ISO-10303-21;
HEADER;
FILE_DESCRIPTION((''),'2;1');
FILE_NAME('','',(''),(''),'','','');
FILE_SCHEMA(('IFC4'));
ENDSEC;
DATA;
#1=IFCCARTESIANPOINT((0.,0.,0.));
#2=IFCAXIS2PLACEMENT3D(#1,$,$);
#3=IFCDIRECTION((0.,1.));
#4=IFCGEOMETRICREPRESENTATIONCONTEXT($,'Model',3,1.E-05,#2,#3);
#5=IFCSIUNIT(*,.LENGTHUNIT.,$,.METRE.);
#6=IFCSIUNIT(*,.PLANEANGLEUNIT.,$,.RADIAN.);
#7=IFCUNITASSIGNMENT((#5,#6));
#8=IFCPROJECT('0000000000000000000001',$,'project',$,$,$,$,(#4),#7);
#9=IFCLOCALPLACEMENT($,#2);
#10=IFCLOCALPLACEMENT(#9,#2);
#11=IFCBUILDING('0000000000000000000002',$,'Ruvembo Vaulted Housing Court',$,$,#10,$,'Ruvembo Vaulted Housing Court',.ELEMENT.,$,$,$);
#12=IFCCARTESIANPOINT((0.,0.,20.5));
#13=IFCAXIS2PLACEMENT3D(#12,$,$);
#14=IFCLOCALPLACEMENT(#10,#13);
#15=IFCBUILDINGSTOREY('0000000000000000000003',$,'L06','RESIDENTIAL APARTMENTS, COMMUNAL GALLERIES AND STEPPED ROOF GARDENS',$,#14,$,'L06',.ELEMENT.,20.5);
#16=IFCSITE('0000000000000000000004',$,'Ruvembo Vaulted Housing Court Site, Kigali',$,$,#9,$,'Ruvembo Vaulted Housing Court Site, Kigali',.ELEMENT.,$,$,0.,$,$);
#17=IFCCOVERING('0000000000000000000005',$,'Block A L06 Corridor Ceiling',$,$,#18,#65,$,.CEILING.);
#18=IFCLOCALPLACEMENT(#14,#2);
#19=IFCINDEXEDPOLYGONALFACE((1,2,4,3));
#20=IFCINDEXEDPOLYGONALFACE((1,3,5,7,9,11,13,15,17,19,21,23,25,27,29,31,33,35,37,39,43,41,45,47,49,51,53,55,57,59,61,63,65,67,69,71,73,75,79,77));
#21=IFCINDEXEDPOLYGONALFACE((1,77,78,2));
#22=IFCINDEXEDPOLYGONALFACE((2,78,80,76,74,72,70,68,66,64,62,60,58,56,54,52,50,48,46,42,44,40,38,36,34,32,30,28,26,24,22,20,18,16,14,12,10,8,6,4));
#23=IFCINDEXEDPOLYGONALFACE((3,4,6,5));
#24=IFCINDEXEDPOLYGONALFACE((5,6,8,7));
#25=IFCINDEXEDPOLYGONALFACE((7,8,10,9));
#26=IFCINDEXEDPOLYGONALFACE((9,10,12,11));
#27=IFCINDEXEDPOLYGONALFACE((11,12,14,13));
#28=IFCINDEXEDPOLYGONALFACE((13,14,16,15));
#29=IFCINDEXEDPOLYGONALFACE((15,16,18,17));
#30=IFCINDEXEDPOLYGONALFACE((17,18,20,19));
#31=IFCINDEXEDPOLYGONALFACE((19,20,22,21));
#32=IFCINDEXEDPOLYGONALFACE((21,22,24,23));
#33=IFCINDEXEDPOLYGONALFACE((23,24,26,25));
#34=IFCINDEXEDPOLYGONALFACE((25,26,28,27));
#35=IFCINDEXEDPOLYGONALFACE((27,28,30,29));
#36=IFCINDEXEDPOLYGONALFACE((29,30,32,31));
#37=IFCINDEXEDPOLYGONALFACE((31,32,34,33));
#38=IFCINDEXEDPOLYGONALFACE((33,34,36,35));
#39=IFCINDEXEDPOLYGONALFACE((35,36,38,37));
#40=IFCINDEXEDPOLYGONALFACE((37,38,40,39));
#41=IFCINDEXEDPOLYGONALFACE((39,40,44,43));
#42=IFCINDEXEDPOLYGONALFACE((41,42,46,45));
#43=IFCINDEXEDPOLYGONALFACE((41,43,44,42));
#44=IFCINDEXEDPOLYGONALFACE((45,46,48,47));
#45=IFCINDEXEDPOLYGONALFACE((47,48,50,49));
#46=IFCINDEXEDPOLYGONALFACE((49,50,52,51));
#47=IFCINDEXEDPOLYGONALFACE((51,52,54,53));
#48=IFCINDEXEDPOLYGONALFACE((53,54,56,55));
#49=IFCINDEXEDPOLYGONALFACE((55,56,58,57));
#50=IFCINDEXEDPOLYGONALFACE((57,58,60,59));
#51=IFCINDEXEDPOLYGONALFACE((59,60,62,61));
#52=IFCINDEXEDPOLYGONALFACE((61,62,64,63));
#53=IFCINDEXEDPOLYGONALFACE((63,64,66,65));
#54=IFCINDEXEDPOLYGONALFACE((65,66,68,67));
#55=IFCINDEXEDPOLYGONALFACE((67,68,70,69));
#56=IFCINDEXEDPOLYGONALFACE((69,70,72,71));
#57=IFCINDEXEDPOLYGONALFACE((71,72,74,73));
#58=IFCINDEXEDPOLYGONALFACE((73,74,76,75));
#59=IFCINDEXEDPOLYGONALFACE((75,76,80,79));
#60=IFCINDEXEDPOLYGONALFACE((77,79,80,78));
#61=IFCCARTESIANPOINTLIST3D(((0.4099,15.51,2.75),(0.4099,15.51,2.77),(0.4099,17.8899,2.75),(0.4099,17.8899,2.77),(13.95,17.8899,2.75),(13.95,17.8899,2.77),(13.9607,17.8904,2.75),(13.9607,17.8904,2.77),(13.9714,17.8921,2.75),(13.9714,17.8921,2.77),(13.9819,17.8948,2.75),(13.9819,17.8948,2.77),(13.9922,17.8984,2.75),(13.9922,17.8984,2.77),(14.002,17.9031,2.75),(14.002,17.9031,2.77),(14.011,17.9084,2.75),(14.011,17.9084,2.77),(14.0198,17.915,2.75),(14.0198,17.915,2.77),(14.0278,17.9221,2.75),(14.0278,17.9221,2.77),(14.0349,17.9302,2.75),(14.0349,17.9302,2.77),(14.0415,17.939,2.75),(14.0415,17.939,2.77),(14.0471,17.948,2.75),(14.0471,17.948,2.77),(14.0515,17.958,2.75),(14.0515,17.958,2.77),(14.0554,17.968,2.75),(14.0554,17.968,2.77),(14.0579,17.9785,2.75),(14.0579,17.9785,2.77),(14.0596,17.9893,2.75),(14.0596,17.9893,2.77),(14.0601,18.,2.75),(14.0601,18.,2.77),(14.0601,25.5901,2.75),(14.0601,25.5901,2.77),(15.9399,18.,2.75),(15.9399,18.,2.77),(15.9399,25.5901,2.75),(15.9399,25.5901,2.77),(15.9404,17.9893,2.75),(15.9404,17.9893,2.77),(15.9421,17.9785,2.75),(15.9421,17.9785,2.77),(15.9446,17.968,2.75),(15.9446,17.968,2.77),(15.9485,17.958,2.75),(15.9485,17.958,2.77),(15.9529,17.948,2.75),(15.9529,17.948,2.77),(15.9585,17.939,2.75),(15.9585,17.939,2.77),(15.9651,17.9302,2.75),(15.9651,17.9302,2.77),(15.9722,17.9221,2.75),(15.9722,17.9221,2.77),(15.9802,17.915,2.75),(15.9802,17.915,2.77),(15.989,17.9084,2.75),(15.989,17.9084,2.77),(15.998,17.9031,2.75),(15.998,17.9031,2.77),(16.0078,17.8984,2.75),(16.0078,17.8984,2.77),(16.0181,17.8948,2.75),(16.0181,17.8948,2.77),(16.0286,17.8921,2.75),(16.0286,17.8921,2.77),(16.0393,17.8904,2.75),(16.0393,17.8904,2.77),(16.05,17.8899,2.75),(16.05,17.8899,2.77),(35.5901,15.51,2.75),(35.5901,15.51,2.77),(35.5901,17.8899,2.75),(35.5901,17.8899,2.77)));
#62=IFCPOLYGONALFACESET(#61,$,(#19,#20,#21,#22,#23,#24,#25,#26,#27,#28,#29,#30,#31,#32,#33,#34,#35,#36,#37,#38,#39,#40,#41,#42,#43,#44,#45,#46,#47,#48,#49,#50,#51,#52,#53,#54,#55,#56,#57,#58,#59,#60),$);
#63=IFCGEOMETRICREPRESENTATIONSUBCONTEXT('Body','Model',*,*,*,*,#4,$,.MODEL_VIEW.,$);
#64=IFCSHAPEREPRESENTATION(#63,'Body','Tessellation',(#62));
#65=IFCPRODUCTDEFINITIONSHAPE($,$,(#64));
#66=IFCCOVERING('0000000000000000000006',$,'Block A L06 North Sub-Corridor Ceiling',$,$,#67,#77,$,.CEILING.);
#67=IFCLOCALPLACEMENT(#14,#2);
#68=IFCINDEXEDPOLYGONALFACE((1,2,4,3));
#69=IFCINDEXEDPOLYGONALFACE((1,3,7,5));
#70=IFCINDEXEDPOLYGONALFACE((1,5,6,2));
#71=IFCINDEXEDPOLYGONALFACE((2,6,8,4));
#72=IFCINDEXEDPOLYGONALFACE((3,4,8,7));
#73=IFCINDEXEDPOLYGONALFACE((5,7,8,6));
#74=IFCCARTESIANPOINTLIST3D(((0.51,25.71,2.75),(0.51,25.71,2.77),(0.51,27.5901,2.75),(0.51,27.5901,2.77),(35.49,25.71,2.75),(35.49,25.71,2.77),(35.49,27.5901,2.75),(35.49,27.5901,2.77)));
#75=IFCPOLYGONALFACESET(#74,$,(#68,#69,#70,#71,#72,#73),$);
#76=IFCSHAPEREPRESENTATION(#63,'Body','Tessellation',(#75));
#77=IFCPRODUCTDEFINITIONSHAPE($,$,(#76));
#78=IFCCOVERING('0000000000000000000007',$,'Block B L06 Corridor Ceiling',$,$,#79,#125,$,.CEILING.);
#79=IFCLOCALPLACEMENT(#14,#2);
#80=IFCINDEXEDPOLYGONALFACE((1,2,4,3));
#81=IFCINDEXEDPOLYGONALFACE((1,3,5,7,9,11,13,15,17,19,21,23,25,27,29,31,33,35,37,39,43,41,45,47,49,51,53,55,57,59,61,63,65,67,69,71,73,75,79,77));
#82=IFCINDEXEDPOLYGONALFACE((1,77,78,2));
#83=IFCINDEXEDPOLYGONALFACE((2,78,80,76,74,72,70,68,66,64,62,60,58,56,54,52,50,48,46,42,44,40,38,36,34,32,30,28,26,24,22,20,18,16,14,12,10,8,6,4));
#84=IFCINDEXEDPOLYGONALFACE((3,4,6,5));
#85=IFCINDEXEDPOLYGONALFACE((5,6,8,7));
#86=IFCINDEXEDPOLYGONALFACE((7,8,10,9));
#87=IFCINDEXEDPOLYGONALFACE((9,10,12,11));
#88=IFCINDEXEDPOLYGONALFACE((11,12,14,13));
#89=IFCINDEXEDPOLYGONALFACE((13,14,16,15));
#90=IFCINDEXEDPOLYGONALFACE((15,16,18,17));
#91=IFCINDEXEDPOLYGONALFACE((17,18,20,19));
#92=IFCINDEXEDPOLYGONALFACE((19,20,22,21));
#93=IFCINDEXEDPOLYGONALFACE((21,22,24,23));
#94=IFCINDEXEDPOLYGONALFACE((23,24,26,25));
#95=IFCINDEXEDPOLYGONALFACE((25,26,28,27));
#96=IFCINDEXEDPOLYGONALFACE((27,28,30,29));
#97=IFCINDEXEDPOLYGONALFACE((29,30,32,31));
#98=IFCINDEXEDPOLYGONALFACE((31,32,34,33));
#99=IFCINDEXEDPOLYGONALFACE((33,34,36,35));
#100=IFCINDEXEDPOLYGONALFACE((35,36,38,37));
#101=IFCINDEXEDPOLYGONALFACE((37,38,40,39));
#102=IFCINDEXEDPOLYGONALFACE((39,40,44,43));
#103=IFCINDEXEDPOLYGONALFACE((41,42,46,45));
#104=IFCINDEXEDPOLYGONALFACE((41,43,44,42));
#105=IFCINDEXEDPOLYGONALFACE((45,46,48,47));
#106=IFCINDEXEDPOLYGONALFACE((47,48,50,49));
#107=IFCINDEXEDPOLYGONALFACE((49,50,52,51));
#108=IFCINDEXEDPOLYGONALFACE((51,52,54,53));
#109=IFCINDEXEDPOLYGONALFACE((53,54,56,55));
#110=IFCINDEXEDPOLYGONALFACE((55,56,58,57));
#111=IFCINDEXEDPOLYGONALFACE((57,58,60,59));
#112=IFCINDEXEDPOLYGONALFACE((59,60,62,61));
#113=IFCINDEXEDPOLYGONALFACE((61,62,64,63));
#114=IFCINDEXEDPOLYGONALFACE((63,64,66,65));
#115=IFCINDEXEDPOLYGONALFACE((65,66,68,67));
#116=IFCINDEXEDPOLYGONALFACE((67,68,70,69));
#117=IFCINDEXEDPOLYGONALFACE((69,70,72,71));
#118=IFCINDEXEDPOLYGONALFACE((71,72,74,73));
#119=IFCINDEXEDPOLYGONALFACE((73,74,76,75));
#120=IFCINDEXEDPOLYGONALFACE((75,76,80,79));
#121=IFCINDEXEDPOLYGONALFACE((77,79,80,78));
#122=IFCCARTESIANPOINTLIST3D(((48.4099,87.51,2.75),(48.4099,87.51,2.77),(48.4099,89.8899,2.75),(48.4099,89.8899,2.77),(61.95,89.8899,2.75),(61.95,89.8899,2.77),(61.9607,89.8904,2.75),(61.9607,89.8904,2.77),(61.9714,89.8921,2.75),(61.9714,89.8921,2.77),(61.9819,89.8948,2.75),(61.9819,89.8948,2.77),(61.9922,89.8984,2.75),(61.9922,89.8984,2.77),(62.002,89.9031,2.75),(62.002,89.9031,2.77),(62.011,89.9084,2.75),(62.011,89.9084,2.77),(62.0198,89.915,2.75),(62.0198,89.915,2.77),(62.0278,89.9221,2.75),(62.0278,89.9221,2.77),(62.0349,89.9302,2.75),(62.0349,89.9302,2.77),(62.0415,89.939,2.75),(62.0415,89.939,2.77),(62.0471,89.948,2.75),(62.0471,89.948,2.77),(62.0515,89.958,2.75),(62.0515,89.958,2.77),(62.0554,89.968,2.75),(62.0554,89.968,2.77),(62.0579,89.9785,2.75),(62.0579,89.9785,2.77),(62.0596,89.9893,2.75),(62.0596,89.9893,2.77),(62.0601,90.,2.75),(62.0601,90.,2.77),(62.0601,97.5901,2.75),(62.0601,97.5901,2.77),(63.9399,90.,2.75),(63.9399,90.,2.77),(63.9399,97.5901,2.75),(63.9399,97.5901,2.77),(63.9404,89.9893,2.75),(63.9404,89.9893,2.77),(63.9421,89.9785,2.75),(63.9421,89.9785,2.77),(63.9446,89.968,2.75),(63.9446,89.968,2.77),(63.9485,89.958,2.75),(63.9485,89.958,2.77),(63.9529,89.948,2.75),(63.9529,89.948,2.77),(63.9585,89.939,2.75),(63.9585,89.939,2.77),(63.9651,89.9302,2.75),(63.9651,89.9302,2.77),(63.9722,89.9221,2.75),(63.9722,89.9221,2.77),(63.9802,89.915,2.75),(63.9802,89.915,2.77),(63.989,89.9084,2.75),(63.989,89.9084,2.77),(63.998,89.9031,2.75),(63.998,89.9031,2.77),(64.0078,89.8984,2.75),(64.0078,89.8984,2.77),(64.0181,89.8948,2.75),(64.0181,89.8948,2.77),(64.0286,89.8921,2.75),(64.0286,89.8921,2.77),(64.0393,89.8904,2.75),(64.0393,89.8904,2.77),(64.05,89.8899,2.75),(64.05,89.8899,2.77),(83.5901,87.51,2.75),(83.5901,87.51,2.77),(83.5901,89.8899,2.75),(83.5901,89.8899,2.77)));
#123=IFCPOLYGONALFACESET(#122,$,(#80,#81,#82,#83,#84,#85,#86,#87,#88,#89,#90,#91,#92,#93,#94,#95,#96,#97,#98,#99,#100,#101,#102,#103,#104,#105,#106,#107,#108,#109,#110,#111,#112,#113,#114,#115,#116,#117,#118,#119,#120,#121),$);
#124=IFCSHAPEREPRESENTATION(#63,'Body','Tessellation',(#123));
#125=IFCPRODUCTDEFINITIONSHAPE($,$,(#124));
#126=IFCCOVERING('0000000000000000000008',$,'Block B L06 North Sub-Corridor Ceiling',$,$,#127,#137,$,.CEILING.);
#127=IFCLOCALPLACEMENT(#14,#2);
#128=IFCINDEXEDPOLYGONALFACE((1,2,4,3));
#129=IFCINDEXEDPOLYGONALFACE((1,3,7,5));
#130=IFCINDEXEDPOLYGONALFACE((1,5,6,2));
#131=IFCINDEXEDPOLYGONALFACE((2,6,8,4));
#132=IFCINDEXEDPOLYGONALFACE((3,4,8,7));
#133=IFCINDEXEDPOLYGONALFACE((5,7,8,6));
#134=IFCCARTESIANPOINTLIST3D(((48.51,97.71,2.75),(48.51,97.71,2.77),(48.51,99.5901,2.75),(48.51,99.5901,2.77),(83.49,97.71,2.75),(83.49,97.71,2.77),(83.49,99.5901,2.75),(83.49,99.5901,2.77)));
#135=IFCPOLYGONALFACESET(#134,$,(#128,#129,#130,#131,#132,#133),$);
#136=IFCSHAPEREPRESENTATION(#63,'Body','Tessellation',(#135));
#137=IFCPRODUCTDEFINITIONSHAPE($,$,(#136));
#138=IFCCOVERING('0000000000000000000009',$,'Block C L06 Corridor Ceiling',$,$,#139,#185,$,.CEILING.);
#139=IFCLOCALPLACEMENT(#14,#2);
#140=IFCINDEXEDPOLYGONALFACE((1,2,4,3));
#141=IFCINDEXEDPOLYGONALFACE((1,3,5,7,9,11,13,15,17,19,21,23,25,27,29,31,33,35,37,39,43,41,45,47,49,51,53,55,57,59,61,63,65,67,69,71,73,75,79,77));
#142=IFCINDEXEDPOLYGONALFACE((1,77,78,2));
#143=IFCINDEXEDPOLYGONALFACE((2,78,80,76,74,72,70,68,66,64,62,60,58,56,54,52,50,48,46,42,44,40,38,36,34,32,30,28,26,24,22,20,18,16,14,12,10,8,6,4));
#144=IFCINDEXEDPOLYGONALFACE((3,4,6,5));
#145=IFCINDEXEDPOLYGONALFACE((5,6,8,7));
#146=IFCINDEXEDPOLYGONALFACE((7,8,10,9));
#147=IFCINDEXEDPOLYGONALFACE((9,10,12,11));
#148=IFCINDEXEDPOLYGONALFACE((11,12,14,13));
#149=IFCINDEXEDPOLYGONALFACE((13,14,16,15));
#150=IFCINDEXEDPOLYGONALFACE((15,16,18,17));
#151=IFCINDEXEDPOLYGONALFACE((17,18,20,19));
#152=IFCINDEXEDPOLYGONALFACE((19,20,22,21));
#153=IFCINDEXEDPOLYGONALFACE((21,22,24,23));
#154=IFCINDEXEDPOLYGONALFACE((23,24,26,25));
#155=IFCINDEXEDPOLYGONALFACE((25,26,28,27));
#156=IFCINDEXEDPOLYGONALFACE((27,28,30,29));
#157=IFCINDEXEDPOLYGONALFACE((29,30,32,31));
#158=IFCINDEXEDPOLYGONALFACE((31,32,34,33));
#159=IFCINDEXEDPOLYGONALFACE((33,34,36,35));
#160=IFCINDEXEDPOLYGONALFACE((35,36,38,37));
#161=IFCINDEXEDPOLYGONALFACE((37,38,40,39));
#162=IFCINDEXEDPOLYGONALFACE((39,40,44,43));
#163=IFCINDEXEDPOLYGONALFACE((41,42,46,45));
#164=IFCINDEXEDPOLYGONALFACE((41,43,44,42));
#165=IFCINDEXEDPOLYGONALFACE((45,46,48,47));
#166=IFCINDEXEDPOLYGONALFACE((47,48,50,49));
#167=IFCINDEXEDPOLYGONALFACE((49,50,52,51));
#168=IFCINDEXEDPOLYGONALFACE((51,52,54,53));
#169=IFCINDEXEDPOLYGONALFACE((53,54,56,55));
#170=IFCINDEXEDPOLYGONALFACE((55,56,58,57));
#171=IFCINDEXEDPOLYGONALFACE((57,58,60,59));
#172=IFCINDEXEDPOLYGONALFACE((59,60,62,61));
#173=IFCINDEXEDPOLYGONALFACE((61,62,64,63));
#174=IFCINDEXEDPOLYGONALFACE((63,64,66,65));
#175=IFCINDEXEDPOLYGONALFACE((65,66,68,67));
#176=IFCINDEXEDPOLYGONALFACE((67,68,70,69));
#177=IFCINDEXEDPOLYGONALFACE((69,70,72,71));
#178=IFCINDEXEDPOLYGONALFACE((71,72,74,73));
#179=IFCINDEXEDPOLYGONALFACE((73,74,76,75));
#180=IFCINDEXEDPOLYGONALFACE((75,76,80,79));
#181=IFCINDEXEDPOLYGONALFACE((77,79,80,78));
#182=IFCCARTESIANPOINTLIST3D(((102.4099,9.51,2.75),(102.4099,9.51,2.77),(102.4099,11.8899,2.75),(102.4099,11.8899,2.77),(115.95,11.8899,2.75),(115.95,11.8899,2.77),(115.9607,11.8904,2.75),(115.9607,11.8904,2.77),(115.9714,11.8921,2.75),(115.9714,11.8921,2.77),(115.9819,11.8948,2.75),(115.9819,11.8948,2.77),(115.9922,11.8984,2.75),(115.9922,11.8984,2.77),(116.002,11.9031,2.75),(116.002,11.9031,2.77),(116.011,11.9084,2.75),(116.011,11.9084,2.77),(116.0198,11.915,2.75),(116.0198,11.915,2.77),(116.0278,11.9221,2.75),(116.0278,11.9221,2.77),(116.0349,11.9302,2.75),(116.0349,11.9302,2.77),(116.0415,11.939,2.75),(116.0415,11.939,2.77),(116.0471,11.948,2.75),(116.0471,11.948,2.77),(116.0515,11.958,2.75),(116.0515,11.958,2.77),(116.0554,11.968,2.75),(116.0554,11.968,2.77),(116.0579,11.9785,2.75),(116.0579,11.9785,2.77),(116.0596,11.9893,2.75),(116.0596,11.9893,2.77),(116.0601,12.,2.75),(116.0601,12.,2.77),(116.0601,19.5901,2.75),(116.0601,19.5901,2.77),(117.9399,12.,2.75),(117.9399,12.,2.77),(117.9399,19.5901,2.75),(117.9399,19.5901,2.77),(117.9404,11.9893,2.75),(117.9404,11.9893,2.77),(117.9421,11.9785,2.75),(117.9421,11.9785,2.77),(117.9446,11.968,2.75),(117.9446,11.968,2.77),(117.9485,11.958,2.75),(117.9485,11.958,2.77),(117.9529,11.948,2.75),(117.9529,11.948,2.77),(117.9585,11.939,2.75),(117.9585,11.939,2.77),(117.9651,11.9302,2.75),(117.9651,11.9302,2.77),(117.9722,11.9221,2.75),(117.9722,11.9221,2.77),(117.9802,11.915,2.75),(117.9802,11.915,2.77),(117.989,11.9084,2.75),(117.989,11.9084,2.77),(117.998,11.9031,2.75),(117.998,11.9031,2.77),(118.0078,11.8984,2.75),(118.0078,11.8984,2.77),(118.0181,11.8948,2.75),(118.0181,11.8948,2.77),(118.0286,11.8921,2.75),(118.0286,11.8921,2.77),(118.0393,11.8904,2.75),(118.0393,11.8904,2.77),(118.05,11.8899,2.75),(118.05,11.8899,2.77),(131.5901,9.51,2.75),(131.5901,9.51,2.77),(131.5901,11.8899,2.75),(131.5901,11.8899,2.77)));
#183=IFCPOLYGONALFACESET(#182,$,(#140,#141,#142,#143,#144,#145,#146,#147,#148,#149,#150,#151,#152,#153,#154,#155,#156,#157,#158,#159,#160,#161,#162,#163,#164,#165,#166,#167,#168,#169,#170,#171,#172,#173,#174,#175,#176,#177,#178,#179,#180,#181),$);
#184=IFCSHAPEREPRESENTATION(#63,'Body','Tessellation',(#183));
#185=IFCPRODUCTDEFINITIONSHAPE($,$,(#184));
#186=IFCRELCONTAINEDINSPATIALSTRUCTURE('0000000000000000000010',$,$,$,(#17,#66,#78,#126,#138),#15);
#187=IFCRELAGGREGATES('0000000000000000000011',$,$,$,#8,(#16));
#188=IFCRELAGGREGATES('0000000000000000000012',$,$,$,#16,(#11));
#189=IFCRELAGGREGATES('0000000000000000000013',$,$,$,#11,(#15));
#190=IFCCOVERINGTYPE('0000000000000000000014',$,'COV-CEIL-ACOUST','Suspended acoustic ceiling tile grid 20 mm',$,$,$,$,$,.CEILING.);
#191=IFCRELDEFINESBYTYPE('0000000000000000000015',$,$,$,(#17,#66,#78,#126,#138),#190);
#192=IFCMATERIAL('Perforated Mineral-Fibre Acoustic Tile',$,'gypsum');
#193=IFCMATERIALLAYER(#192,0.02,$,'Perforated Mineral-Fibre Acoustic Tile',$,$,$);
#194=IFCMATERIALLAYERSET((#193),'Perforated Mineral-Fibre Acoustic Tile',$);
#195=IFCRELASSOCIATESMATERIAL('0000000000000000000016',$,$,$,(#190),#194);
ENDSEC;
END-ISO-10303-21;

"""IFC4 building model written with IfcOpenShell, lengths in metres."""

from ifc_helpers import new_model, si_unit, direction, frame, origin, place, context, subcontext, project, spatial, polyline, outline, extrude, material, layer, layer_set, type_object, element, save


model = new_model("IFC4")

# Units and contexts
model_context = context("Model", 3, precision=1e-05, world=origin(), true_north=direction((0.0, 1.0)))
body_context = subcontext(model_context, "Body", "Model", "MODEL_VIEW")
ifc_project = project(units=[si_unit("LENGTHUNIT", "METRE"), si_unit("PLANEANGLEUNIT", "RADIAN")], contexts=[model_context])

# Site, building, storey
site_placement = place(None, origin())
site = spatial("IfcSite", under=ifc_project, at=site_placement, Name="Ruvembo Vaulted Housing Court Site, Kigali", LongName="Ruvembo Vaulted Housing Court Site, Kigali", CompositionType="ELEMENT", RefElevation=0.0)
building_placement = place(site_placement, origin())
building = spatial("IfcBuilding", under=site, at=building_placement, Name="Ruvembo Vaulted Housing Court", LongName="Ruvembo Vaulted Housing Court", CompositionType="ELEMENT")
storey_placement = place(building_placement, frame((0.0, 0.0, 20.5)))
storey = spatial("IfcBuildingStorey", under=building, at=storey_placement, Name="L06", Description="RESIDENTIAL APARTMENTS, COMMUNAL GALLERIES AND STEPPED ROOF GARDENS", LongName="L06", CompositionType="ELEMENT", Elevation=20.5)

# Coverings
ifc_material_1 = material(Name="Perforated Mineral-Fibre Acoustic Tile", Category="gypsum")
ifc_layer_1 = layer(ifc_material_1, 0.02, Name="Perforated Mineral-Fibre Acoustic Tile")
ifc_layer_set_1 = layer_set([ifc_layer_1], Name="Perforated Mineral-Fibre Acoustic Tile")
covering_type_1 = type_object("IfcCoveringType", Name="COV-CEIL-ACOUST", Description="Suspended acoustic ceiling tile grid 20 mm", PredefinedType="CEILING", material=ifc_layer_set_1)
covering_1_placement = place(storey_placement, frame((0.0, 0.0, 2.75)))
element("IfcCovering", 1, at=covering_1_placement, inside=storey, type_object=covering_type_1, Name="Block A L06 Corridor Ceiling", PredefinedType="CEILING", context=body_context, shape_type="SweptSolid", body=[
    extrude(outline(polyline([(35.5901, 15.51), (35.5901, 17.8899), (16.05, 17.8899), (16.0393, 17.8904), (16.0286, 17.8921), (16.0181, 17.8948), (16.0078, 17.8984), (15.998, 17.9031), (15.989, 17.9084), (15.9802, 17.915), (15.9722, 17.9221), (15.9651, 17.9302), (15.9585, 17.939), (15.9529, 17.948), (15.9485, 17.958), (15.9446, 17.968), (15.9421, 17.9785), (15.9404, 17.9893), (15.9399, 18.0), (15.9399, 25.5901), (14.0601, 25.5901), (14.0601, 18.0), (14.0596, 17.9893), (14.0579, 17.9785), (14.0554, 17.968), (14.0515, 17.958), (14.0471, 17.948), (14.0415, 17.939), (14.0349, 17.9302), (14.0278, 17.9221), (14.0198, 17.915), (14.011, 17.9084), (14.002, 17.9031), (13.9922, 17.8984), (13.9819, 17.8948), (13.9714, 17.8921), (13.9607, 17.8904), (13.95, 17.8899), (0.4099, 17.8899), (0.4099, 15.51), (35.5901, 15.51)])), origin(), (0.0, 0.0, 1.0), 0.02),
])
covering_2_placement = place(storey_placement, frame((0.0, 0.0, 2.75)))
element("IfcCovering", 2, at=covering_2_placement, inside=storey, type_object=covering_type_1, Name="Block A L06 North Sub-Corridor Ceiling", PredefinedType="CEILING", context=body_context, shape_type="SweptSolid", body=[
    extrude(outline(polyline([(0.51, 25.71), (35.49, 25.71), (35.49, 27.5901), (0.51, 27.5901), (0.51, 25.71)])), origin(), (0.0, 0.0, 1.0), 0.02),
])
covering_3_placement = place(storey_placement, frame((0.0, 0.0, 2.75)))
element("IfcCovering", 3, at=covering_3_placement, inside=storey, type_object=covering_type_1, Name="Block B L06 Corridor Ceiling", PredefinedType="CEILING", context=body_context, shape_type="SweptSolid", body=[
    extrude(outline(polyline([(83.5901, 87.51), (83.5901, 89.8899), (64.05, 89.8899), (64.0393, 89.8904), (64.0286, 89.8921), (64.0181, 89.8948), (64.0078, 89.8984), (63.998, 89.9031), (63.989, 89.9084), (63.9802, 89.915), (63.9722, 89.9221), (63.9651, 89.9302), (63.9585, 89.939), (63.9529, 89.948), (63.9485, 89.958), (63.9446, 89.968), (63.9421, 89.9785), (63.9404, 89.9893), (63.9399, 90.0), (63.9399, 97.5901), (62.0601, 97.5901), (62.0601, 90.0), (62.0596, 89.9893), (62.0579, 89.9785), (62.0554, 89.968), (62.0515, 89.958), (62.0471, 89.948), (62.0415, 89.939), (62.0349, 89.9302), (62.0278, 89.9221), (62.0198, 89.915), (62.011, 89.9084), (62.002, 89.9031), (61.9922, 89.8984), (61.9819, 89.8948), (61.9714, 89.8921), (61.9607, 89.8904), (61.95, 89.8899), (48.4099, 89.8899), (48.4099, 87.51), (83.5901, 87.51)])), origin(), (0.0, 0.0, 1.0), 0.02),
])
covering_4_placement = place(storey_placement, frame((0.0, 0.0, 2.75)))
element("IfcCovering", 4, at=covering_4_placement, inside=storey, type_object=covering_type_1, Name="Block B L06 North Sub-Corridor Ceiling", PredefinedType="CEILING", context=body_context, shape_type="SweptSolid", body=[
    extrude(outline(polyline([(48.51, 97.71), (83.49, 97.71), (83.49, 99.5901), (48.51, 99.5901), (48.51, 97.71)])), origin(), (0.0, 0.0, 1.0), 0.02),
])
covering_5_placement = place(storey_placement, frame((0.0, 0.0, 2.75)))
element("IfcCovering", 5, at=covering_5_placement, inside=storey, type_object=covering_type_1, Name="Block C L06 Corridor Ceiling", PredefinedType="CEILING", context=body_context, shape_type="SweptSolid", body=[
    extrude(outline(polyline([(131.5901, 9.51), (131.5901, 11.8899), (118.05, 11.8899), (118.0393, 11.8904), (118.0286, 11.8921), (118.0181, 11.8948), (118.0078, 11.8984), (117.998, 11.9031), (117.989, 11.9084), (117.9802, 11.915), (117.9722, 11.9221), (117.9651, 11.9302), (117.9585, 11.939), (117.9529, 11.948), (117.9485, 11.958), (117.9446, 11.968), (117.9421, 11.9785), (117.9404, 11.9893), (117.9399, 12.0), (117.9399, 19.5901), (116.0601, 19.5901), (116.0601, 12.0), (116.0596, 11.9893), (116.0579, 11.9785), (116.0554, 11.968), (116.0515, 11.958), (116.0471, 11.948), (116.0415, 11.939), (116.0349, 11.9302), (116.0278, 11.9221), (116.0198, 11.915), (116.011, 11.9084), (116.002, 11.9031), (115.9922, 11.8984), (115.9819, 11.8948), (115.9714, 11.8921), (115.9607, 11.8904), (115.95, 11.8899), (102.4099, 11.8899), (102.4099, 9.51), (131.5901, 9.51)])), origin(), (0.0, 0.0, 1.0), 0.02),
])

save(model, "model.ifc")
